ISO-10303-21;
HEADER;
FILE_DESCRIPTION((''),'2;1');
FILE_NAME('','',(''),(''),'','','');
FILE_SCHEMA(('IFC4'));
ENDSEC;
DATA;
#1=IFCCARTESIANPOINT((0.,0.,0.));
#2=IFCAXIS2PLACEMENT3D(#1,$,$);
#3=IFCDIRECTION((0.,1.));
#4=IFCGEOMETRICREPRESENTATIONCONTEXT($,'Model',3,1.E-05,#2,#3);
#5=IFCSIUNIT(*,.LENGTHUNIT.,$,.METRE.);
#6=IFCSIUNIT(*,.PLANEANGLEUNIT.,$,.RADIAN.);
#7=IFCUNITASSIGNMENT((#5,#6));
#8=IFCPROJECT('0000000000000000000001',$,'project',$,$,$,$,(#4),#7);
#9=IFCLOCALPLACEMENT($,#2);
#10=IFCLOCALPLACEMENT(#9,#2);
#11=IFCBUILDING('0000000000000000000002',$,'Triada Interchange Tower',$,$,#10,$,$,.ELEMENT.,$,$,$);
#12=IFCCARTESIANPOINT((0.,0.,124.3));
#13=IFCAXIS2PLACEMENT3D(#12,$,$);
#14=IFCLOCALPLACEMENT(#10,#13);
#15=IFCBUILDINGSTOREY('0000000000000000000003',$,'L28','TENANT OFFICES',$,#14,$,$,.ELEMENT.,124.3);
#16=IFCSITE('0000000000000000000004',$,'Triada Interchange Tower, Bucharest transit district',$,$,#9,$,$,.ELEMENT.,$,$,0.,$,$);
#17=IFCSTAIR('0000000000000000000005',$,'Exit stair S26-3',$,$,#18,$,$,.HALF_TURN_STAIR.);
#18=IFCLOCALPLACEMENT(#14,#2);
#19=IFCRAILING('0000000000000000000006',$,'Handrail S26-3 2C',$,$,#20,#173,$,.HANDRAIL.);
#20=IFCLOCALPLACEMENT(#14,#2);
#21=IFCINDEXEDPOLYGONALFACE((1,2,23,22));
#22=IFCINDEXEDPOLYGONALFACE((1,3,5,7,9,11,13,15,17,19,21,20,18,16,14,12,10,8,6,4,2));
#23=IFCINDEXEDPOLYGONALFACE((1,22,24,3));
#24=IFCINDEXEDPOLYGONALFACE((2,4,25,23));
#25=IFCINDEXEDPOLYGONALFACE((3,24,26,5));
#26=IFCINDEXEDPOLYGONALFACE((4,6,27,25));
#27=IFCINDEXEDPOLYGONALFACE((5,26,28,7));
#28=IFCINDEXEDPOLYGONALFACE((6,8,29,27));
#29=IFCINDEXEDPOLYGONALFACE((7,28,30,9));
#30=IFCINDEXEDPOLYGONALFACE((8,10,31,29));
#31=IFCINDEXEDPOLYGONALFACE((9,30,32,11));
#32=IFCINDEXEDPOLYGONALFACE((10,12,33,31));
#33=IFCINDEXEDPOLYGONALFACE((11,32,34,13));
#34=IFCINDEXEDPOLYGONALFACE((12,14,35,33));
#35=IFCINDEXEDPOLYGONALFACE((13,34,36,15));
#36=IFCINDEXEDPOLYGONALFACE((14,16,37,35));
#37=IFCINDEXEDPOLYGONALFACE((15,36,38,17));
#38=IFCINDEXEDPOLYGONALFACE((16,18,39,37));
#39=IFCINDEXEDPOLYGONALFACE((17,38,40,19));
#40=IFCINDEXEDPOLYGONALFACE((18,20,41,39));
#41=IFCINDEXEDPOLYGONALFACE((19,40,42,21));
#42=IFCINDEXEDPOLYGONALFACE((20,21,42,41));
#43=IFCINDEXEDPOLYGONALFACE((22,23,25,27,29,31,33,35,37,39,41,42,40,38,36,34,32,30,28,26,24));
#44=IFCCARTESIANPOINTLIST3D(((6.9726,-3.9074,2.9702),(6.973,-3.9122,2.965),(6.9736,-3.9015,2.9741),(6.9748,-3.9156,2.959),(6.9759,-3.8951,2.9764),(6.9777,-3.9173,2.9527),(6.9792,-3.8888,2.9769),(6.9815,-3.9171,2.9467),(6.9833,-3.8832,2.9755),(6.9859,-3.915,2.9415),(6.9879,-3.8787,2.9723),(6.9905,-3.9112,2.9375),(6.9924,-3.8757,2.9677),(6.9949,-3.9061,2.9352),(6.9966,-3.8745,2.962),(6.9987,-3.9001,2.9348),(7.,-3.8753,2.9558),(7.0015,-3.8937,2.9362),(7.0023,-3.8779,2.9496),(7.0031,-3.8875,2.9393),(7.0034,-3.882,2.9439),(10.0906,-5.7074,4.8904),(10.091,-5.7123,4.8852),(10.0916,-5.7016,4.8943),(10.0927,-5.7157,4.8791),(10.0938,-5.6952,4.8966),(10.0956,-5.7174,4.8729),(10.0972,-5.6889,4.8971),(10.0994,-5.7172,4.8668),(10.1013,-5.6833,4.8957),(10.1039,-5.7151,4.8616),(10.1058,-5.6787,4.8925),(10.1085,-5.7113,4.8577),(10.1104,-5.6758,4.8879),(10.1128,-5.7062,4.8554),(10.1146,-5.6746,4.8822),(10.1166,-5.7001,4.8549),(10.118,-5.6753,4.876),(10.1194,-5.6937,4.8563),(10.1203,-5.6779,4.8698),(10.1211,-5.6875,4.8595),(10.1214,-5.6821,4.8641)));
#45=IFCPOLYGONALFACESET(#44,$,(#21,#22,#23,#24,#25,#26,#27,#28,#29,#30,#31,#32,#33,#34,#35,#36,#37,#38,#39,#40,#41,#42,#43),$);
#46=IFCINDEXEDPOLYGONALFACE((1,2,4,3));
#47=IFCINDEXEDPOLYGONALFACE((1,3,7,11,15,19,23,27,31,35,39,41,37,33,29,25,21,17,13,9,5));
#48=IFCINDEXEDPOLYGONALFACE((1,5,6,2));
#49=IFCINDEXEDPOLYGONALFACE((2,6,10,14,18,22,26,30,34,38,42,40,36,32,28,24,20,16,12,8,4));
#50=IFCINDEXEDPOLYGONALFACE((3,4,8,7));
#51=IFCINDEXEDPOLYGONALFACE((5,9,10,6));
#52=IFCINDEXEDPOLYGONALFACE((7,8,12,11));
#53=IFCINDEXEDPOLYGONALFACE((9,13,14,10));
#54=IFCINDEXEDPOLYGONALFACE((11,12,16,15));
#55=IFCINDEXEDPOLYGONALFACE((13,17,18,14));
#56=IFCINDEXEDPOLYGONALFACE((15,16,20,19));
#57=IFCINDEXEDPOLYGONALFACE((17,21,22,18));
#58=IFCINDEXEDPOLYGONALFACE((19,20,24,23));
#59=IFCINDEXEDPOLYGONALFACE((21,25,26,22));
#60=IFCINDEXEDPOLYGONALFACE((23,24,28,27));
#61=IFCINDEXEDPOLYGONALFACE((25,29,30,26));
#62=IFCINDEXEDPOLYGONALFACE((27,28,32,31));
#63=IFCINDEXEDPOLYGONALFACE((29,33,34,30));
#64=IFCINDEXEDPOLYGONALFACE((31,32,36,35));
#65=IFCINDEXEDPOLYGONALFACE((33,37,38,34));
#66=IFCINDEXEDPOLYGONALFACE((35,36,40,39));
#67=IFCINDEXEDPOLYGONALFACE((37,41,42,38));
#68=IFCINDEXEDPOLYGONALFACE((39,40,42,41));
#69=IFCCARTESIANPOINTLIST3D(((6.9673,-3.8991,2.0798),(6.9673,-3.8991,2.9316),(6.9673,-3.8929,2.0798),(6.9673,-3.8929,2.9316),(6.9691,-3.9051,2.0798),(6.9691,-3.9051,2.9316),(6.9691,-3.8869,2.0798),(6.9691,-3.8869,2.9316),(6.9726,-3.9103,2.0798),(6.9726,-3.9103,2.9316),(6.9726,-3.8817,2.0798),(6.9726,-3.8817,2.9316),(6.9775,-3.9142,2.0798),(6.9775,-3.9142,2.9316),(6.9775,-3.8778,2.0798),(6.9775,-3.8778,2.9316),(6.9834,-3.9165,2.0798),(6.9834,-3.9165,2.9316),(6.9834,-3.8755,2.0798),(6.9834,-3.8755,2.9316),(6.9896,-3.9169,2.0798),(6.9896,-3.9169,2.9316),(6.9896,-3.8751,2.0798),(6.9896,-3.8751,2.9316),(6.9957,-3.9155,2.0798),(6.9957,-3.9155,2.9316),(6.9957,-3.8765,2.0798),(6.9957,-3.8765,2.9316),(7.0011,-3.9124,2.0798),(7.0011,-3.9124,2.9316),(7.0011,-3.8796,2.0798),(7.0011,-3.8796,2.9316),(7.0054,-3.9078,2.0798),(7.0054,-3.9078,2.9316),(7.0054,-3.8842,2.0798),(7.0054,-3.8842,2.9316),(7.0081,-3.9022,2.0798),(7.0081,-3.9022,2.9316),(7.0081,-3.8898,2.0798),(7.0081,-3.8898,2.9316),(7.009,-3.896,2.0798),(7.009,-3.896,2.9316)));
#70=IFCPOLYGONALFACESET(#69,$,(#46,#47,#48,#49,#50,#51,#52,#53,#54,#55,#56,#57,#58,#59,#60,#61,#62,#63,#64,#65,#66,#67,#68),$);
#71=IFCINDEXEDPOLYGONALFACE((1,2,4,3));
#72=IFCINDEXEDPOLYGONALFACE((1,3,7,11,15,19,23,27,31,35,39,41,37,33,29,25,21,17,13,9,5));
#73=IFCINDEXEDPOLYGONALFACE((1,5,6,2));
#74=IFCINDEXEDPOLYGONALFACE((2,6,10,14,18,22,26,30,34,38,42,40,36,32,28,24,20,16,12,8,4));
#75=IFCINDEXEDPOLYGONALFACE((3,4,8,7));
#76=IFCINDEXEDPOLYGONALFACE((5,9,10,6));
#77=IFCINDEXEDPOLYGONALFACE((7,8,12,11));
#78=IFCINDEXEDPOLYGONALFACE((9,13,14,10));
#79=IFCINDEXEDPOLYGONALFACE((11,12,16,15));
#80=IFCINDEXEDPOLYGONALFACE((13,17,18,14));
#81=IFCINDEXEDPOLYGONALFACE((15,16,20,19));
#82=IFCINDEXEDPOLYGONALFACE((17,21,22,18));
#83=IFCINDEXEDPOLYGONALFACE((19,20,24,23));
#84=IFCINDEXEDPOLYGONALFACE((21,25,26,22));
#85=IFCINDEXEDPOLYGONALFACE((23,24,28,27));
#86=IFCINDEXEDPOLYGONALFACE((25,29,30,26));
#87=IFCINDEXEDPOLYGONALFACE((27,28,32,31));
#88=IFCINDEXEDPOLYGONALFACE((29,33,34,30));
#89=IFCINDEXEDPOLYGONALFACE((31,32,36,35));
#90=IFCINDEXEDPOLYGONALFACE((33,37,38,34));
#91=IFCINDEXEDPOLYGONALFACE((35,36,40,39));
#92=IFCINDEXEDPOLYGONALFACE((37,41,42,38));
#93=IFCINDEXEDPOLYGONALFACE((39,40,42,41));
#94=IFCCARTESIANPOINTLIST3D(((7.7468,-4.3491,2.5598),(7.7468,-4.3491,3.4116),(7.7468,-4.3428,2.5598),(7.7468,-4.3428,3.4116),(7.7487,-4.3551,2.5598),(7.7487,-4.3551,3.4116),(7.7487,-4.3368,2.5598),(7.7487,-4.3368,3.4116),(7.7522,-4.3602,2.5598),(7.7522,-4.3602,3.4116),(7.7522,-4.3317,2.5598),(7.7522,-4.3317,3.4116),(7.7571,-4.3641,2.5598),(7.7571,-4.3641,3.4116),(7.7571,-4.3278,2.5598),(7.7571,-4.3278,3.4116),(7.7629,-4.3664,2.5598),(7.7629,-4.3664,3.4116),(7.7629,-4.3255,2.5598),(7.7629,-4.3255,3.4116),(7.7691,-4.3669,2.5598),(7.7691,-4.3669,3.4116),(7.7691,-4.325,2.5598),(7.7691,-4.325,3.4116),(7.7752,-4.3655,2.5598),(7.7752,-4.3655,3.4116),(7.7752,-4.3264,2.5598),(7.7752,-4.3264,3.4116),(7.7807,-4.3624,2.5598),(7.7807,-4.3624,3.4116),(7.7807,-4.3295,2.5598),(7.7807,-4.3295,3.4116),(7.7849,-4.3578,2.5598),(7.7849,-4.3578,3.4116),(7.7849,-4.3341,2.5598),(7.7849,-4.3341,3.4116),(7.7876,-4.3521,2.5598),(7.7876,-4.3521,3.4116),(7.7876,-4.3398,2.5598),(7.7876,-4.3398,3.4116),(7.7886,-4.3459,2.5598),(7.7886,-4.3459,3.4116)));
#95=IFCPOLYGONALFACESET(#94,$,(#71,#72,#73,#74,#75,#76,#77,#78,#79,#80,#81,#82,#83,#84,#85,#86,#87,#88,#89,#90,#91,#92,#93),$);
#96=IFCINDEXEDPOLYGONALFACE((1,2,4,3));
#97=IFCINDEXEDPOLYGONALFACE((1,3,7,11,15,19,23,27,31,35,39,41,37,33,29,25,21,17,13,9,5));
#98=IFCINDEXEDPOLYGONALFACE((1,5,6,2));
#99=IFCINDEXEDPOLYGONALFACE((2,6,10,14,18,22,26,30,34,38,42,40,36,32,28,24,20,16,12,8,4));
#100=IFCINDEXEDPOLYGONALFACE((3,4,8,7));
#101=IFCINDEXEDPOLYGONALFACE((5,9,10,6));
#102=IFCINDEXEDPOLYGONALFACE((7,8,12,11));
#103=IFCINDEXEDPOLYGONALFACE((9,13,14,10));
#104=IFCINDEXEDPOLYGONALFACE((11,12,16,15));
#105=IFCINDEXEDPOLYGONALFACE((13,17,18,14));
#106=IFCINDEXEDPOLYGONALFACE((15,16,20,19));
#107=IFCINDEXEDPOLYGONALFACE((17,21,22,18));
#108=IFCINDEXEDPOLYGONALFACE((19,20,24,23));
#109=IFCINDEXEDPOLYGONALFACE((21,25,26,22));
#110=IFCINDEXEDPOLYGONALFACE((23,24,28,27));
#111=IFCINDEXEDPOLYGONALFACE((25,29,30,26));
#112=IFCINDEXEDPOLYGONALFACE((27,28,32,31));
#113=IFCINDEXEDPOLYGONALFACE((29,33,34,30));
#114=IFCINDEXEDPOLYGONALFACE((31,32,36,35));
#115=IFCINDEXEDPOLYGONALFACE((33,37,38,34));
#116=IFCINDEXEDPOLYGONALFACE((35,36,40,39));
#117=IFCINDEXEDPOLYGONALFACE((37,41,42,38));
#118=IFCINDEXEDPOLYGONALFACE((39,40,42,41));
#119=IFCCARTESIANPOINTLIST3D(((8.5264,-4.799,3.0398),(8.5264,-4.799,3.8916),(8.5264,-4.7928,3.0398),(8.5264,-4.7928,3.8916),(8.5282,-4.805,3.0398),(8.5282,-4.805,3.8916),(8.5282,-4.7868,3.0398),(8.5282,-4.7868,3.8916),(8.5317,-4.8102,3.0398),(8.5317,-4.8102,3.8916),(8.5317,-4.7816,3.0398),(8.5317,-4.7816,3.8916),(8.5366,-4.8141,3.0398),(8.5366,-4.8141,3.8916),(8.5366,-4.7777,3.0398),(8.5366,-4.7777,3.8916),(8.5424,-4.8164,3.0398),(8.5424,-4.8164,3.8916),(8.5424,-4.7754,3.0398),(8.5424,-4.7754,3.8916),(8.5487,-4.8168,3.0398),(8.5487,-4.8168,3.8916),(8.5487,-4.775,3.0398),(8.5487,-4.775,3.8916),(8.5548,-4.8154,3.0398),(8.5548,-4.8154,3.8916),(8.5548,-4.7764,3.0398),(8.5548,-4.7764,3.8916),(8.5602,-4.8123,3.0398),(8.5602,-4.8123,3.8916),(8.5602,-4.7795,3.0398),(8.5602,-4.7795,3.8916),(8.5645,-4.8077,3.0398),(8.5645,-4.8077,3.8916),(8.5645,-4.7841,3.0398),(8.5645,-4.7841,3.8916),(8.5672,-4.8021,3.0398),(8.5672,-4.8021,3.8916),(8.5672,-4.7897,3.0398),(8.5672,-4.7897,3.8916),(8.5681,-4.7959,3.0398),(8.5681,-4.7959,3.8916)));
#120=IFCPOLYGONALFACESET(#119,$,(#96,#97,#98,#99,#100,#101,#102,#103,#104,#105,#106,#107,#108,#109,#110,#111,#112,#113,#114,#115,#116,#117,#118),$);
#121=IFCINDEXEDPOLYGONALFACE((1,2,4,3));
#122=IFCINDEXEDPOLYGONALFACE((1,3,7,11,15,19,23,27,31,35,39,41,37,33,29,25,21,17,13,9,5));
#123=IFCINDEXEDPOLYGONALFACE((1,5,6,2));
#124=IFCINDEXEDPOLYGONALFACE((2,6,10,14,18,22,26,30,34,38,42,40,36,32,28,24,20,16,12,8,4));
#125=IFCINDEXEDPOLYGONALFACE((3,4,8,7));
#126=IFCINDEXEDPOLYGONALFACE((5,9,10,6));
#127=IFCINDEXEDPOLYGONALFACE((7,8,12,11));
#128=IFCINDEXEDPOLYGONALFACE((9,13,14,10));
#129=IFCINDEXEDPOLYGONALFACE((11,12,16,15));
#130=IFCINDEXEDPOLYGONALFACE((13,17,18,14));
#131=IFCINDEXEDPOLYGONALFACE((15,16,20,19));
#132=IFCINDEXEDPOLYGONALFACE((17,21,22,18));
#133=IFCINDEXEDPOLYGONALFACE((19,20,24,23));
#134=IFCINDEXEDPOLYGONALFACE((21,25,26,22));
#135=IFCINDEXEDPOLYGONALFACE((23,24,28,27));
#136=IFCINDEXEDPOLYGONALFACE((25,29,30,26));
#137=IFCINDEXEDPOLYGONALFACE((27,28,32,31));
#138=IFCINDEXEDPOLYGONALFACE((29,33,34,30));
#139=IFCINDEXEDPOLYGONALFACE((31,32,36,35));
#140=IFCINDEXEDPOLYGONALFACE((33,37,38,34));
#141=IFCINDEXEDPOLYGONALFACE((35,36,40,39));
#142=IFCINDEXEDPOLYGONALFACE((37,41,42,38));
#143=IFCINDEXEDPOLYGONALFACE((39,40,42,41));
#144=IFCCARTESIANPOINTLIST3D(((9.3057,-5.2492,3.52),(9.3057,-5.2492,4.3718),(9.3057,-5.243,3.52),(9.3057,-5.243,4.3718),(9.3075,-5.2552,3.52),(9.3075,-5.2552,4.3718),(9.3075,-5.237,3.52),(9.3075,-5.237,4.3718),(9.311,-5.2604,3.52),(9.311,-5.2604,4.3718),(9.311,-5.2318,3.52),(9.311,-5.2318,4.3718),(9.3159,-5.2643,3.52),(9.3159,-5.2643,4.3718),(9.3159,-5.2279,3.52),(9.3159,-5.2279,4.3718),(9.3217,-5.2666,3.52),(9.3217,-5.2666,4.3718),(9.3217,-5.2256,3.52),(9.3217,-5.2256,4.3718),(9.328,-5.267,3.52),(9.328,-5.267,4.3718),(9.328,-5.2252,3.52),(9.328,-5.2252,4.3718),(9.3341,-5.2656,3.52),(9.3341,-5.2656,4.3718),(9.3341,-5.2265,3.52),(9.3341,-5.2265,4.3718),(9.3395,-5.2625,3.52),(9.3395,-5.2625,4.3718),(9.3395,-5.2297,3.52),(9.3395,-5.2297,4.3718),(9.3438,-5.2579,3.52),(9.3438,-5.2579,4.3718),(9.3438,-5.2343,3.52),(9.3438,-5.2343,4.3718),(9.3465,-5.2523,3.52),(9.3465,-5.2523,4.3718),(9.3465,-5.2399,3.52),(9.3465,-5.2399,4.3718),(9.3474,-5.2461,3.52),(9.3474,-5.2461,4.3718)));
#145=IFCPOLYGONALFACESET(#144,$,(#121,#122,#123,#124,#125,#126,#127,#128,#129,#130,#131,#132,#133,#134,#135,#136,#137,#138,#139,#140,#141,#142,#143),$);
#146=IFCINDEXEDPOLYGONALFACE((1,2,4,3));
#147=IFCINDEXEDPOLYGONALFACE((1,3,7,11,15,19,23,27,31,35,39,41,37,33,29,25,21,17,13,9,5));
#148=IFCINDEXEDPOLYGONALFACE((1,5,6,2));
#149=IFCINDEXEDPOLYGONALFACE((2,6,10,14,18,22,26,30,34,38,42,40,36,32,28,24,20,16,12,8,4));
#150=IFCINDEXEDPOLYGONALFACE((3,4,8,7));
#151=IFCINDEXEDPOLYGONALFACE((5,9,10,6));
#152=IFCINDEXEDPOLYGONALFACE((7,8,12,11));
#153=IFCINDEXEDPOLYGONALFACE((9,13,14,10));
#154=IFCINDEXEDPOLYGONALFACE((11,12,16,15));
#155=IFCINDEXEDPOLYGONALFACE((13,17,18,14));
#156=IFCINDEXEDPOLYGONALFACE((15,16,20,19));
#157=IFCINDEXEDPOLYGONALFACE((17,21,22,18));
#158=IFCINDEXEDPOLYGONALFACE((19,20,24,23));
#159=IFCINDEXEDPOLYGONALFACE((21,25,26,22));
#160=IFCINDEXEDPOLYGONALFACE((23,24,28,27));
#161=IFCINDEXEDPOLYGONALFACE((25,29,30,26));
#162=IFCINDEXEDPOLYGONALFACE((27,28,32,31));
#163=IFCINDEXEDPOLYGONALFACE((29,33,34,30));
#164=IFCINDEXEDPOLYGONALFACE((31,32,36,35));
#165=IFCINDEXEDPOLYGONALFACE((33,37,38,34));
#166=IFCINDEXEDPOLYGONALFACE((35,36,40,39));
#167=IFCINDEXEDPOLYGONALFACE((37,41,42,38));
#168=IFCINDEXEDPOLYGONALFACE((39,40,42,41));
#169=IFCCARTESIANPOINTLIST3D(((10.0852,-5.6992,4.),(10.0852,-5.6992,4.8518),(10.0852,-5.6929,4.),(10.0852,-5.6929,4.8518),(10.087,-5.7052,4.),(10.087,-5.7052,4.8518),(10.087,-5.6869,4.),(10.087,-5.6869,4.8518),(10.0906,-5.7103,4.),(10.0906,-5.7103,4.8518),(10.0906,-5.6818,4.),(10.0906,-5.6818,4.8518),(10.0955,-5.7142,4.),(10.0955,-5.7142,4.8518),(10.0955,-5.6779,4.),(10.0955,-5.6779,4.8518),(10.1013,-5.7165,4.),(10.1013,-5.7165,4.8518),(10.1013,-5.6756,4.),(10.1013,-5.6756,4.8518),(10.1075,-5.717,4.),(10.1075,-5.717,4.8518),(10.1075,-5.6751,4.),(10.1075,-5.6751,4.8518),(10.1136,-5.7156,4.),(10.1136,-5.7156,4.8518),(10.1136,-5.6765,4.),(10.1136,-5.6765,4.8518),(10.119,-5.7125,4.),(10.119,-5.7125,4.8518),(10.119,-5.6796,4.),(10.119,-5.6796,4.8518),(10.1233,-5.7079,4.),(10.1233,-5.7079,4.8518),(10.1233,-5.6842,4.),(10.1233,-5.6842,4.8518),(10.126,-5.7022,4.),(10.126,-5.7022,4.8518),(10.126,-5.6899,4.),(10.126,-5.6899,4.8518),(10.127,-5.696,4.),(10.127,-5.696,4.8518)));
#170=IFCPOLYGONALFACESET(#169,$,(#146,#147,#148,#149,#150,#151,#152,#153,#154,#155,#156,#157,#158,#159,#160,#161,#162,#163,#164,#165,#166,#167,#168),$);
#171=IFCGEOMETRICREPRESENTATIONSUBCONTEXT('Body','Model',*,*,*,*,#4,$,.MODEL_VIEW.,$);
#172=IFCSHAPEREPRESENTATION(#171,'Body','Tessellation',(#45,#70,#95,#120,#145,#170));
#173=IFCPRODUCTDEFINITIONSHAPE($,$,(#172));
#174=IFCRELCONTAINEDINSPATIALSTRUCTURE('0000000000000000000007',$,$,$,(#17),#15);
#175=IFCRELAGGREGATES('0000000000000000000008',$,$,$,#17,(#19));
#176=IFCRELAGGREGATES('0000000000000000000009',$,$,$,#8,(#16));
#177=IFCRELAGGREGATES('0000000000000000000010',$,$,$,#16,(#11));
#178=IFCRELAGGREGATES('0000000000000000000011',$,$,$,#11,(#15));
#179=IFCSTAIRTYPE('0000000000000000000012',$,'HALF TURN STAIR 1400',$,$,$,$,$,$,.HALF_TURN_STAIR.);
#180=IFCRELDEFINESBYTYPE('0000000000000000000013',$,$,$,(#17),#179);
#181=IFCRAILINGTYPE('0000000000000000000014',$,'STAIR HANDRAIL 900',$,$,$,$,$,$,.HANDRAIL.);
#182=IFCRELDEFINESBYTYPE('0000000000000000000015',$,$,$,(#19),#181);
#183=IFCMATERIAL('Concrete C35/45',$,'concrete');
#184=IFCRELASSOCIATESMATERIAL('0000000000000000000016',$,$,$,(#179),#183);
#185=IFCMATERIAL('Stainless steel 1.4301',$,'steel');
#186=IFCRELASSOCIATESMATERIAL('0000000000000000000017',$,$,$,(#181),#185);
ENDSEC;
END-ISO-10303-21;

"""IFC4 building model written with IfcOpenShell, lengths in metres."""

from ifc_helpers import new_model, si_unit, direction, frame, origin, origin_2d, place, context, subcontext, project, spatial, circle, extrude, material, type_object, element, aggregate, save


model = new_model("IFC4")

# Units and contexts
model_context = context("Model", 3, precision=1e-05, world=origin(), true_north=direction((0.0, 1.0)))
body_context = subcontext(model_context, "Body", "Model", "MODEL_VIEW")
ifc_project = project(units=[si_unit("LENGTHUNIT", "METRE"), si_unit("PLANEANGLEUNIT", "RADIAN")], contexts=[model_context])

# Site, building, storey
site_placement = place(None, origin())
site = spatial("IfcSite", under=ifc_project, at=site_placement, Name="Triada Interchange Tower, Bucharest transit district", CompositionType="ELEMENT", RefElevation=0.0)
building_placement = place(site_placement, origin())
building = spatial("IfcBuilding", under=site, at=building_placement, Name="Triada Interchange Tower", CompositionType="ELEMENT")
storey_placement = place(building_placement, frame((0.0, 0.0, 124.3)))
storey = spatial("IfcBuildingStorey", under=building, at=storey_placement, Name="L28", Description="TENANT OFFICES", CompositionType="ELEMENT", Elevation=124.3)

# Stair, railing
ifc_material_1 = material(Name="Concrete C35/45", Category="concrete")
stair_type = type_object("IfcStairType", Name="HALF TURN STAIR 1400", PredefinedType="HALF_TURN_STAIR", material=ifc_material_1)
stair_placement = place(storey_placement, origin())
stair = element("IfcStair", 1, at=stair_placement, inside=storey, type_object=stair_type, Name="Exit stair S26-3", PredefinedType="HALF_TURN_STAIR")
ifc_material_2 = material(Name="Stainless steel 1.4301", Category="steel")
railing_type = type_object("IfcRailingType", Name="STAIR HANDRAIL 900", PredefinedType="HANDRAIL", material=ifc_material_2)
railing_1_placement = place(storey_placement, frame((6.988, -3.896, 2.0798)))
railing_1 = element("IfcRailing", 2, at=railing_1_placement, type_object=railing_type, Name="Handrail S26-3 2C", PredefinedType="HANDRAIL", context=body_context, shape_type="SweptSolid", body=[
    extrude(circle(Radius=0.0239, at=origin_2d()), frame((0.0, 0.0, 0.876), z_axis=(0.764145, -0.441159, 0.470597), x_axis=(0.499983, 0.866035, 0.0)), (0.0, 0.0, 1.0), 4.0803),
    extrude(circle(Radius=0.021, at=origin_2d()), origin(), (0.0, 0.0, 1.0), 0.8518),
    extrude(circle(Radius=0.021, at=origin_2d()), frame((0.7795, -0.45, 0.48)), (0.0, 0.0, 1.0), 0.8518),
    extrude(circle(Radius=0.021, at=origin_2d()), frame((1.5591, -0.8999, 0.96)), (0.0, 0.0, 1.0), 0.8518),
    extrude(circle(Radius=0.021, at=origin_2d()), frame((2.3384, -1.3501, 1.4402)), (0.0, 0.0, 1.0), 0.8518),
    extrude(circle(Radius=0.021, at=origin_2d()), frame((3.1179, -1.8, 1.9202)), (0.0, 0.0, 1.0), 0.8518),
])
aggregate(stair, [railing_1])

save(model, "model.ifc")
